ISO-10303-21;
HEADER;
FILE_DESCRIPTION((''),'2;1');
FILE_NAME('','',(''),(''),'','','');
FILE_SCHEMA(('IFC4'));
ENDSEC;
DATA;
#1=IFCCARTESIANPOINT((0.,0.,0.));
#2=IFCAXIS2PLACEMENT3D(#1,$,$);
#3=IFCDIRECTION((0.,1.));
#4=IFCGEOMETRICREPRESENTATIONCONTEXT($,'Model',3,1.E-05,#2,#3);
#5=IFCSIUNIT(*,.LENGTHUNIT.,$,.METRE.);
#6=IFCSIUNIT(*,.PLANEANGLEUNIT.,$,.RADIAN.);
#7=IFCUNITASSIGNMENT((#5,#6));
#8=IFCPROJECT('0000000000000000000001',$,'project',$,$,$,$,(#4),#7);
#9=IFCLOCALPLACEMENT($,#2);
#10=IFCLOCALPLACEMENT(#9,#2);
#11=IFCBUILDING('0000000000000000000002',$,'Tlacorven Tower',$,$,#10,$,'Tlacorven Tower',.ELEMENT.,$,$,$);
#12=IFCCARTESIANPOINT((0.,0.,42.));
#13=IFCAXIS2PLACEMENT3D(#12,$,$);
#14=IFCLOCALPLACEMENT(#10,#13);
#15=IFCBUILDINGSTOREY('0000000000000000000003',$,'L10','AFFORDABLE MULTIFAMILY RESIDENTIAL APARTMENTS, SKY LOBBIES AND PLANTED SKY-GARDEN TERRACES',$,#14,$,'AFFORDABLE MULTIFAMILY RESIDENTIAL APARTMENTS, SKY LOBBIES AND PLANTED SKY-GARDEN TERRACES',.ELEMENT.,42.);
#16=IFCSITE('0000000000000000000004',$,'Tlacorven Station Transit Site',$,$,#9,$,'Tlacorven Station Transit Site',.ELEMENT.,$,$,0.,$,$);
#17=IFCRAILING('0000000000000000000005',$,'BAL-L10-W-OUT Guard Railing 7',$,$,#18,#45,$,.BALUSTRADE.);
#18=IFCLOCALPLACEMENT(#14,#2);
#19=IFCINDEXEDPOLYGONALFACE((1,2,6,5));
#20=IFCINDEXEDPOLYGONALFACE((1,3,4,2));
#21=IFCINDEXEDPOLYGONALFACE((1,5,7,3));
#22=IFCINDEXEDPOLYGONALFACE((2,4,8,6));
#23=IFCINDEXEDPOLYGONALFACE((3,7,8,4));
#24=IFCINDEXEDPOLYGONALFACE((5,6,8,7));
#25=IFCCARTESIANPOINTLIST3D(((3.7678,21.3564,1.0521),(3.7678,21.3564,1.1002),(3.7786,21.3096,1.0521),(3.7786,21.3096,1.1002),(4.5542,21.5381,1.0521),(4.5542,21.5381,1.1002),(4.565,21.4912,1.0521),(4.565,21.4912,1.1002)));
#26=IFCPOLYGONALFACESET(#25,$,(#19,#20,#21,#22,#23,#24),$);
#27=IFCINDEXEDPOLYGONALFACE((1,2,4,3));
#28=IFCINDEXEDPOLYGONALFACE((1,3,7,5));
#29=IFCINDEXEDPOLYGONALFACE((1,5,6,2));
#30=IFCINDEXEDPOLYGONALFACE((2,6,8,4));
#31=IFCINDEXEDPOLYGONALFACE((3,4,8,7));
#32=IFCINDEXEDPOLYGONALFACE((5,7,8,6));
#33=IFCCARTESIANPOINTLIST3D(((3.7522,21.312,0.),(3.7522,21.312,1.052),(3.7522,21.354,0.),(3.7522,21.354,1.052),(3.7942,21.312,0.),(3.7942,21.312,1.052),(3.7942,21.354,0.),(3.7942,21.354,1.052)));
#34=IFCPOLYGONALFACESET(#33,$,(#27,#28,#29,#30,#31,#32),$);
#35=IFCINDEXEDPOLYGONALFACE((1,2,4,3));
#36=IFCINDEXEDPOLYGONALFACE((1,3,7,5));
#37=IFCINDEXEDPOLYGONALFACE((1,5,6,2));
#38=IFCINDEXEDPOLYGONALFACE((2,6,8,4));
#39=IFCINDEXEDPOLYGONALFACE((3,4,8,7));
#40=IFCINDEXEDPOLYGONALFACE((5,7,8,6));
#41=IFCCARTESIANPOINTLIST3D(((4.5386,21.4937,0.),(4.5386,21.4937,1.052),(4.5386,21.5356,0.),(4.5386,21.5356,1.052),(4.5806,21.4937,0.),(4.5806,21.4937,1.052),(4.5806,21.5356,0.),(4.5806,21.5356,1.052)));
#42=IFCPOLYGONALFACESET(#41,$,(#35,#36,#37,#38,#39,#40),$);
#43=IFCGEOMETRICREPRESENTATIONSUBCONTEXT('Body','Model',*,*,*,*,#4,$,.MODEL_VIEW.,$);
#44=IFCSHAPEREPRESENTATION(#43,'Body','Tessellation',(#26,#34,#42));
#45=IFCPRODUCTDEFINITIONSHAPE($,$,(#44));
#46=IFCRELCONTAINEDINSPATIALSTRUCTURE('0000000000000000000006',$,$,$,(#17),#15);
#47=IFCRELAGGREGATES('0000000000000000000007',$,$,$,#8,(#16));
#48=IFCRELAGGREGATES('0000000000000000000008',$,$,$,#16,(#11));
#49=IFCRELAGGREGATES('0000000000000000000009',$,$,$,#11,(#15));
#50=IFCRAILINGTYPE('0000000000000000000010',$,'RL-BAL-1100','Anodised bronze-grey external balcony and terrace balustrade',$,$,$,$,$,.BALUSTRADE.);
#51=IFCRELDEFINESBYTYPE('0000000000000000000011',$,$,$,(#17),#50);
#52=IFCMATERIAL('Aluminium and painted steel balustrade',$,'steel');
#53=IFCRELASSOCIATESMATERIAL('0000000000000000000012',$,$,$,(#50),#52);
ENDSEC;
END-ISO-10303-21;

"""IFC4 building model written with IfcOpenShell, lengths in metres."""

from ifc_helpers import new_model, si_unit, direction, frame, origin, origin_2d, place, context, subcontext, project, spatial, rectangle, extrude, source, transform, mapped, material, type_object, element, save


model = new_model("IFC4")

# Units and contexts
model_context = context("Model", 3, precision=1e-05, world=origin(), true_north=direction((0.0, 1.0)))
body_context = subcontext(model_context, "Body", "Model", "MODEL_VIEW")
ifc_project = project(units=[si_unit("LENGTHUNIT", "METRE"), si_unit("PLANEANGLEUNIT", "RADIAN")], contexts=[model_context])

# Site, building, storey
site_placement = place(None, origin())
site = spatial("IfcSite", under=ifc_project, at=site_placement, Name="Tlacorven Station Transit Site", LongName="Tlacorven Station Transit Site", CompositionType="ELEMENT", RefElevation=0.0)
building_placement = place(site_placement, origin())
building = spatial("IfcBuilding", under=site, at=building_placement, Name="Tlacorven Tower", LongName="Tlacorven Tower", CompositionType="ELEMENT")
storey_placement = place(building_placement, frame((0.0, 0.0, 42.0)))
storey = spatial("IfcBuildingStorey", under=building, at=storey_placement, Name="L10", Description="AFFORDABLE MULTIFAMILY RESIDENTIAL APARTMENTS, SKY LOBBIES AND PLANTED SKY-GARDEN TERRACES", LongName="AFFORDABLE MULTIFAMILY RESIDENTIAL APARTMENTS, SKY LOBBIES AND PLANTED SKY-GARDEN TERRACES", CompositionType="ELEMENT", Elevation=42.0)

# Railing
ifc_material_1 = material(Name="Aluminium and painted steel balustrade", Category="steel")
railing_type = type_object("IfcRailingType", Name="RL-BAL-1100", Description="Anodised bronze-grey external balcony and terrace balustrade", PredefinedType="BALUSTRADE", material=ifc_material_1)
shared_shape_1 = source(origin(), body_context, "Body", "SweptSolid", [
    extrude(rectangle(XDim=0.0481, YDim=0.0481, at=origin_2d()), frame((0.0, 0.0, 1.0762), z_axis=(0.974345, 0.225058, 0.0), x_axis=(-0.225058, 0.974345, 0.0)), (0.0, 0.0, 1.0), 0.8071),
    extrude(rectangle(XDim=0.042, YDim=0.042, at=origin_2d()), origin(), (0.0, 0.0, 1.0), 1.052),
    extrude(rectangle(XDim=0.042, YDim=0.042, at=origin_2d()), frame((0.7864, 0.1816, 0.0)), (0.0, 0.0, 1.0), 1.052),
])
railing_1_placement = place(storey_placement, frame((3.7732, 21.333, 0.0)))
element("IfcRailing", 1, at=railing_1_placement, inside=storey, type_object=railing_type, Name="BAL-L10-W-OUT Guard Railing 7", PredefinedType="BALUSTRADE", context=body_context, shape_type="MappedRepresentation", body=[
    mapped(shared_shape_1, transform((0.0, 0.0, 0.0), scale=1.0)),
])

save(model, "model.ifc")
